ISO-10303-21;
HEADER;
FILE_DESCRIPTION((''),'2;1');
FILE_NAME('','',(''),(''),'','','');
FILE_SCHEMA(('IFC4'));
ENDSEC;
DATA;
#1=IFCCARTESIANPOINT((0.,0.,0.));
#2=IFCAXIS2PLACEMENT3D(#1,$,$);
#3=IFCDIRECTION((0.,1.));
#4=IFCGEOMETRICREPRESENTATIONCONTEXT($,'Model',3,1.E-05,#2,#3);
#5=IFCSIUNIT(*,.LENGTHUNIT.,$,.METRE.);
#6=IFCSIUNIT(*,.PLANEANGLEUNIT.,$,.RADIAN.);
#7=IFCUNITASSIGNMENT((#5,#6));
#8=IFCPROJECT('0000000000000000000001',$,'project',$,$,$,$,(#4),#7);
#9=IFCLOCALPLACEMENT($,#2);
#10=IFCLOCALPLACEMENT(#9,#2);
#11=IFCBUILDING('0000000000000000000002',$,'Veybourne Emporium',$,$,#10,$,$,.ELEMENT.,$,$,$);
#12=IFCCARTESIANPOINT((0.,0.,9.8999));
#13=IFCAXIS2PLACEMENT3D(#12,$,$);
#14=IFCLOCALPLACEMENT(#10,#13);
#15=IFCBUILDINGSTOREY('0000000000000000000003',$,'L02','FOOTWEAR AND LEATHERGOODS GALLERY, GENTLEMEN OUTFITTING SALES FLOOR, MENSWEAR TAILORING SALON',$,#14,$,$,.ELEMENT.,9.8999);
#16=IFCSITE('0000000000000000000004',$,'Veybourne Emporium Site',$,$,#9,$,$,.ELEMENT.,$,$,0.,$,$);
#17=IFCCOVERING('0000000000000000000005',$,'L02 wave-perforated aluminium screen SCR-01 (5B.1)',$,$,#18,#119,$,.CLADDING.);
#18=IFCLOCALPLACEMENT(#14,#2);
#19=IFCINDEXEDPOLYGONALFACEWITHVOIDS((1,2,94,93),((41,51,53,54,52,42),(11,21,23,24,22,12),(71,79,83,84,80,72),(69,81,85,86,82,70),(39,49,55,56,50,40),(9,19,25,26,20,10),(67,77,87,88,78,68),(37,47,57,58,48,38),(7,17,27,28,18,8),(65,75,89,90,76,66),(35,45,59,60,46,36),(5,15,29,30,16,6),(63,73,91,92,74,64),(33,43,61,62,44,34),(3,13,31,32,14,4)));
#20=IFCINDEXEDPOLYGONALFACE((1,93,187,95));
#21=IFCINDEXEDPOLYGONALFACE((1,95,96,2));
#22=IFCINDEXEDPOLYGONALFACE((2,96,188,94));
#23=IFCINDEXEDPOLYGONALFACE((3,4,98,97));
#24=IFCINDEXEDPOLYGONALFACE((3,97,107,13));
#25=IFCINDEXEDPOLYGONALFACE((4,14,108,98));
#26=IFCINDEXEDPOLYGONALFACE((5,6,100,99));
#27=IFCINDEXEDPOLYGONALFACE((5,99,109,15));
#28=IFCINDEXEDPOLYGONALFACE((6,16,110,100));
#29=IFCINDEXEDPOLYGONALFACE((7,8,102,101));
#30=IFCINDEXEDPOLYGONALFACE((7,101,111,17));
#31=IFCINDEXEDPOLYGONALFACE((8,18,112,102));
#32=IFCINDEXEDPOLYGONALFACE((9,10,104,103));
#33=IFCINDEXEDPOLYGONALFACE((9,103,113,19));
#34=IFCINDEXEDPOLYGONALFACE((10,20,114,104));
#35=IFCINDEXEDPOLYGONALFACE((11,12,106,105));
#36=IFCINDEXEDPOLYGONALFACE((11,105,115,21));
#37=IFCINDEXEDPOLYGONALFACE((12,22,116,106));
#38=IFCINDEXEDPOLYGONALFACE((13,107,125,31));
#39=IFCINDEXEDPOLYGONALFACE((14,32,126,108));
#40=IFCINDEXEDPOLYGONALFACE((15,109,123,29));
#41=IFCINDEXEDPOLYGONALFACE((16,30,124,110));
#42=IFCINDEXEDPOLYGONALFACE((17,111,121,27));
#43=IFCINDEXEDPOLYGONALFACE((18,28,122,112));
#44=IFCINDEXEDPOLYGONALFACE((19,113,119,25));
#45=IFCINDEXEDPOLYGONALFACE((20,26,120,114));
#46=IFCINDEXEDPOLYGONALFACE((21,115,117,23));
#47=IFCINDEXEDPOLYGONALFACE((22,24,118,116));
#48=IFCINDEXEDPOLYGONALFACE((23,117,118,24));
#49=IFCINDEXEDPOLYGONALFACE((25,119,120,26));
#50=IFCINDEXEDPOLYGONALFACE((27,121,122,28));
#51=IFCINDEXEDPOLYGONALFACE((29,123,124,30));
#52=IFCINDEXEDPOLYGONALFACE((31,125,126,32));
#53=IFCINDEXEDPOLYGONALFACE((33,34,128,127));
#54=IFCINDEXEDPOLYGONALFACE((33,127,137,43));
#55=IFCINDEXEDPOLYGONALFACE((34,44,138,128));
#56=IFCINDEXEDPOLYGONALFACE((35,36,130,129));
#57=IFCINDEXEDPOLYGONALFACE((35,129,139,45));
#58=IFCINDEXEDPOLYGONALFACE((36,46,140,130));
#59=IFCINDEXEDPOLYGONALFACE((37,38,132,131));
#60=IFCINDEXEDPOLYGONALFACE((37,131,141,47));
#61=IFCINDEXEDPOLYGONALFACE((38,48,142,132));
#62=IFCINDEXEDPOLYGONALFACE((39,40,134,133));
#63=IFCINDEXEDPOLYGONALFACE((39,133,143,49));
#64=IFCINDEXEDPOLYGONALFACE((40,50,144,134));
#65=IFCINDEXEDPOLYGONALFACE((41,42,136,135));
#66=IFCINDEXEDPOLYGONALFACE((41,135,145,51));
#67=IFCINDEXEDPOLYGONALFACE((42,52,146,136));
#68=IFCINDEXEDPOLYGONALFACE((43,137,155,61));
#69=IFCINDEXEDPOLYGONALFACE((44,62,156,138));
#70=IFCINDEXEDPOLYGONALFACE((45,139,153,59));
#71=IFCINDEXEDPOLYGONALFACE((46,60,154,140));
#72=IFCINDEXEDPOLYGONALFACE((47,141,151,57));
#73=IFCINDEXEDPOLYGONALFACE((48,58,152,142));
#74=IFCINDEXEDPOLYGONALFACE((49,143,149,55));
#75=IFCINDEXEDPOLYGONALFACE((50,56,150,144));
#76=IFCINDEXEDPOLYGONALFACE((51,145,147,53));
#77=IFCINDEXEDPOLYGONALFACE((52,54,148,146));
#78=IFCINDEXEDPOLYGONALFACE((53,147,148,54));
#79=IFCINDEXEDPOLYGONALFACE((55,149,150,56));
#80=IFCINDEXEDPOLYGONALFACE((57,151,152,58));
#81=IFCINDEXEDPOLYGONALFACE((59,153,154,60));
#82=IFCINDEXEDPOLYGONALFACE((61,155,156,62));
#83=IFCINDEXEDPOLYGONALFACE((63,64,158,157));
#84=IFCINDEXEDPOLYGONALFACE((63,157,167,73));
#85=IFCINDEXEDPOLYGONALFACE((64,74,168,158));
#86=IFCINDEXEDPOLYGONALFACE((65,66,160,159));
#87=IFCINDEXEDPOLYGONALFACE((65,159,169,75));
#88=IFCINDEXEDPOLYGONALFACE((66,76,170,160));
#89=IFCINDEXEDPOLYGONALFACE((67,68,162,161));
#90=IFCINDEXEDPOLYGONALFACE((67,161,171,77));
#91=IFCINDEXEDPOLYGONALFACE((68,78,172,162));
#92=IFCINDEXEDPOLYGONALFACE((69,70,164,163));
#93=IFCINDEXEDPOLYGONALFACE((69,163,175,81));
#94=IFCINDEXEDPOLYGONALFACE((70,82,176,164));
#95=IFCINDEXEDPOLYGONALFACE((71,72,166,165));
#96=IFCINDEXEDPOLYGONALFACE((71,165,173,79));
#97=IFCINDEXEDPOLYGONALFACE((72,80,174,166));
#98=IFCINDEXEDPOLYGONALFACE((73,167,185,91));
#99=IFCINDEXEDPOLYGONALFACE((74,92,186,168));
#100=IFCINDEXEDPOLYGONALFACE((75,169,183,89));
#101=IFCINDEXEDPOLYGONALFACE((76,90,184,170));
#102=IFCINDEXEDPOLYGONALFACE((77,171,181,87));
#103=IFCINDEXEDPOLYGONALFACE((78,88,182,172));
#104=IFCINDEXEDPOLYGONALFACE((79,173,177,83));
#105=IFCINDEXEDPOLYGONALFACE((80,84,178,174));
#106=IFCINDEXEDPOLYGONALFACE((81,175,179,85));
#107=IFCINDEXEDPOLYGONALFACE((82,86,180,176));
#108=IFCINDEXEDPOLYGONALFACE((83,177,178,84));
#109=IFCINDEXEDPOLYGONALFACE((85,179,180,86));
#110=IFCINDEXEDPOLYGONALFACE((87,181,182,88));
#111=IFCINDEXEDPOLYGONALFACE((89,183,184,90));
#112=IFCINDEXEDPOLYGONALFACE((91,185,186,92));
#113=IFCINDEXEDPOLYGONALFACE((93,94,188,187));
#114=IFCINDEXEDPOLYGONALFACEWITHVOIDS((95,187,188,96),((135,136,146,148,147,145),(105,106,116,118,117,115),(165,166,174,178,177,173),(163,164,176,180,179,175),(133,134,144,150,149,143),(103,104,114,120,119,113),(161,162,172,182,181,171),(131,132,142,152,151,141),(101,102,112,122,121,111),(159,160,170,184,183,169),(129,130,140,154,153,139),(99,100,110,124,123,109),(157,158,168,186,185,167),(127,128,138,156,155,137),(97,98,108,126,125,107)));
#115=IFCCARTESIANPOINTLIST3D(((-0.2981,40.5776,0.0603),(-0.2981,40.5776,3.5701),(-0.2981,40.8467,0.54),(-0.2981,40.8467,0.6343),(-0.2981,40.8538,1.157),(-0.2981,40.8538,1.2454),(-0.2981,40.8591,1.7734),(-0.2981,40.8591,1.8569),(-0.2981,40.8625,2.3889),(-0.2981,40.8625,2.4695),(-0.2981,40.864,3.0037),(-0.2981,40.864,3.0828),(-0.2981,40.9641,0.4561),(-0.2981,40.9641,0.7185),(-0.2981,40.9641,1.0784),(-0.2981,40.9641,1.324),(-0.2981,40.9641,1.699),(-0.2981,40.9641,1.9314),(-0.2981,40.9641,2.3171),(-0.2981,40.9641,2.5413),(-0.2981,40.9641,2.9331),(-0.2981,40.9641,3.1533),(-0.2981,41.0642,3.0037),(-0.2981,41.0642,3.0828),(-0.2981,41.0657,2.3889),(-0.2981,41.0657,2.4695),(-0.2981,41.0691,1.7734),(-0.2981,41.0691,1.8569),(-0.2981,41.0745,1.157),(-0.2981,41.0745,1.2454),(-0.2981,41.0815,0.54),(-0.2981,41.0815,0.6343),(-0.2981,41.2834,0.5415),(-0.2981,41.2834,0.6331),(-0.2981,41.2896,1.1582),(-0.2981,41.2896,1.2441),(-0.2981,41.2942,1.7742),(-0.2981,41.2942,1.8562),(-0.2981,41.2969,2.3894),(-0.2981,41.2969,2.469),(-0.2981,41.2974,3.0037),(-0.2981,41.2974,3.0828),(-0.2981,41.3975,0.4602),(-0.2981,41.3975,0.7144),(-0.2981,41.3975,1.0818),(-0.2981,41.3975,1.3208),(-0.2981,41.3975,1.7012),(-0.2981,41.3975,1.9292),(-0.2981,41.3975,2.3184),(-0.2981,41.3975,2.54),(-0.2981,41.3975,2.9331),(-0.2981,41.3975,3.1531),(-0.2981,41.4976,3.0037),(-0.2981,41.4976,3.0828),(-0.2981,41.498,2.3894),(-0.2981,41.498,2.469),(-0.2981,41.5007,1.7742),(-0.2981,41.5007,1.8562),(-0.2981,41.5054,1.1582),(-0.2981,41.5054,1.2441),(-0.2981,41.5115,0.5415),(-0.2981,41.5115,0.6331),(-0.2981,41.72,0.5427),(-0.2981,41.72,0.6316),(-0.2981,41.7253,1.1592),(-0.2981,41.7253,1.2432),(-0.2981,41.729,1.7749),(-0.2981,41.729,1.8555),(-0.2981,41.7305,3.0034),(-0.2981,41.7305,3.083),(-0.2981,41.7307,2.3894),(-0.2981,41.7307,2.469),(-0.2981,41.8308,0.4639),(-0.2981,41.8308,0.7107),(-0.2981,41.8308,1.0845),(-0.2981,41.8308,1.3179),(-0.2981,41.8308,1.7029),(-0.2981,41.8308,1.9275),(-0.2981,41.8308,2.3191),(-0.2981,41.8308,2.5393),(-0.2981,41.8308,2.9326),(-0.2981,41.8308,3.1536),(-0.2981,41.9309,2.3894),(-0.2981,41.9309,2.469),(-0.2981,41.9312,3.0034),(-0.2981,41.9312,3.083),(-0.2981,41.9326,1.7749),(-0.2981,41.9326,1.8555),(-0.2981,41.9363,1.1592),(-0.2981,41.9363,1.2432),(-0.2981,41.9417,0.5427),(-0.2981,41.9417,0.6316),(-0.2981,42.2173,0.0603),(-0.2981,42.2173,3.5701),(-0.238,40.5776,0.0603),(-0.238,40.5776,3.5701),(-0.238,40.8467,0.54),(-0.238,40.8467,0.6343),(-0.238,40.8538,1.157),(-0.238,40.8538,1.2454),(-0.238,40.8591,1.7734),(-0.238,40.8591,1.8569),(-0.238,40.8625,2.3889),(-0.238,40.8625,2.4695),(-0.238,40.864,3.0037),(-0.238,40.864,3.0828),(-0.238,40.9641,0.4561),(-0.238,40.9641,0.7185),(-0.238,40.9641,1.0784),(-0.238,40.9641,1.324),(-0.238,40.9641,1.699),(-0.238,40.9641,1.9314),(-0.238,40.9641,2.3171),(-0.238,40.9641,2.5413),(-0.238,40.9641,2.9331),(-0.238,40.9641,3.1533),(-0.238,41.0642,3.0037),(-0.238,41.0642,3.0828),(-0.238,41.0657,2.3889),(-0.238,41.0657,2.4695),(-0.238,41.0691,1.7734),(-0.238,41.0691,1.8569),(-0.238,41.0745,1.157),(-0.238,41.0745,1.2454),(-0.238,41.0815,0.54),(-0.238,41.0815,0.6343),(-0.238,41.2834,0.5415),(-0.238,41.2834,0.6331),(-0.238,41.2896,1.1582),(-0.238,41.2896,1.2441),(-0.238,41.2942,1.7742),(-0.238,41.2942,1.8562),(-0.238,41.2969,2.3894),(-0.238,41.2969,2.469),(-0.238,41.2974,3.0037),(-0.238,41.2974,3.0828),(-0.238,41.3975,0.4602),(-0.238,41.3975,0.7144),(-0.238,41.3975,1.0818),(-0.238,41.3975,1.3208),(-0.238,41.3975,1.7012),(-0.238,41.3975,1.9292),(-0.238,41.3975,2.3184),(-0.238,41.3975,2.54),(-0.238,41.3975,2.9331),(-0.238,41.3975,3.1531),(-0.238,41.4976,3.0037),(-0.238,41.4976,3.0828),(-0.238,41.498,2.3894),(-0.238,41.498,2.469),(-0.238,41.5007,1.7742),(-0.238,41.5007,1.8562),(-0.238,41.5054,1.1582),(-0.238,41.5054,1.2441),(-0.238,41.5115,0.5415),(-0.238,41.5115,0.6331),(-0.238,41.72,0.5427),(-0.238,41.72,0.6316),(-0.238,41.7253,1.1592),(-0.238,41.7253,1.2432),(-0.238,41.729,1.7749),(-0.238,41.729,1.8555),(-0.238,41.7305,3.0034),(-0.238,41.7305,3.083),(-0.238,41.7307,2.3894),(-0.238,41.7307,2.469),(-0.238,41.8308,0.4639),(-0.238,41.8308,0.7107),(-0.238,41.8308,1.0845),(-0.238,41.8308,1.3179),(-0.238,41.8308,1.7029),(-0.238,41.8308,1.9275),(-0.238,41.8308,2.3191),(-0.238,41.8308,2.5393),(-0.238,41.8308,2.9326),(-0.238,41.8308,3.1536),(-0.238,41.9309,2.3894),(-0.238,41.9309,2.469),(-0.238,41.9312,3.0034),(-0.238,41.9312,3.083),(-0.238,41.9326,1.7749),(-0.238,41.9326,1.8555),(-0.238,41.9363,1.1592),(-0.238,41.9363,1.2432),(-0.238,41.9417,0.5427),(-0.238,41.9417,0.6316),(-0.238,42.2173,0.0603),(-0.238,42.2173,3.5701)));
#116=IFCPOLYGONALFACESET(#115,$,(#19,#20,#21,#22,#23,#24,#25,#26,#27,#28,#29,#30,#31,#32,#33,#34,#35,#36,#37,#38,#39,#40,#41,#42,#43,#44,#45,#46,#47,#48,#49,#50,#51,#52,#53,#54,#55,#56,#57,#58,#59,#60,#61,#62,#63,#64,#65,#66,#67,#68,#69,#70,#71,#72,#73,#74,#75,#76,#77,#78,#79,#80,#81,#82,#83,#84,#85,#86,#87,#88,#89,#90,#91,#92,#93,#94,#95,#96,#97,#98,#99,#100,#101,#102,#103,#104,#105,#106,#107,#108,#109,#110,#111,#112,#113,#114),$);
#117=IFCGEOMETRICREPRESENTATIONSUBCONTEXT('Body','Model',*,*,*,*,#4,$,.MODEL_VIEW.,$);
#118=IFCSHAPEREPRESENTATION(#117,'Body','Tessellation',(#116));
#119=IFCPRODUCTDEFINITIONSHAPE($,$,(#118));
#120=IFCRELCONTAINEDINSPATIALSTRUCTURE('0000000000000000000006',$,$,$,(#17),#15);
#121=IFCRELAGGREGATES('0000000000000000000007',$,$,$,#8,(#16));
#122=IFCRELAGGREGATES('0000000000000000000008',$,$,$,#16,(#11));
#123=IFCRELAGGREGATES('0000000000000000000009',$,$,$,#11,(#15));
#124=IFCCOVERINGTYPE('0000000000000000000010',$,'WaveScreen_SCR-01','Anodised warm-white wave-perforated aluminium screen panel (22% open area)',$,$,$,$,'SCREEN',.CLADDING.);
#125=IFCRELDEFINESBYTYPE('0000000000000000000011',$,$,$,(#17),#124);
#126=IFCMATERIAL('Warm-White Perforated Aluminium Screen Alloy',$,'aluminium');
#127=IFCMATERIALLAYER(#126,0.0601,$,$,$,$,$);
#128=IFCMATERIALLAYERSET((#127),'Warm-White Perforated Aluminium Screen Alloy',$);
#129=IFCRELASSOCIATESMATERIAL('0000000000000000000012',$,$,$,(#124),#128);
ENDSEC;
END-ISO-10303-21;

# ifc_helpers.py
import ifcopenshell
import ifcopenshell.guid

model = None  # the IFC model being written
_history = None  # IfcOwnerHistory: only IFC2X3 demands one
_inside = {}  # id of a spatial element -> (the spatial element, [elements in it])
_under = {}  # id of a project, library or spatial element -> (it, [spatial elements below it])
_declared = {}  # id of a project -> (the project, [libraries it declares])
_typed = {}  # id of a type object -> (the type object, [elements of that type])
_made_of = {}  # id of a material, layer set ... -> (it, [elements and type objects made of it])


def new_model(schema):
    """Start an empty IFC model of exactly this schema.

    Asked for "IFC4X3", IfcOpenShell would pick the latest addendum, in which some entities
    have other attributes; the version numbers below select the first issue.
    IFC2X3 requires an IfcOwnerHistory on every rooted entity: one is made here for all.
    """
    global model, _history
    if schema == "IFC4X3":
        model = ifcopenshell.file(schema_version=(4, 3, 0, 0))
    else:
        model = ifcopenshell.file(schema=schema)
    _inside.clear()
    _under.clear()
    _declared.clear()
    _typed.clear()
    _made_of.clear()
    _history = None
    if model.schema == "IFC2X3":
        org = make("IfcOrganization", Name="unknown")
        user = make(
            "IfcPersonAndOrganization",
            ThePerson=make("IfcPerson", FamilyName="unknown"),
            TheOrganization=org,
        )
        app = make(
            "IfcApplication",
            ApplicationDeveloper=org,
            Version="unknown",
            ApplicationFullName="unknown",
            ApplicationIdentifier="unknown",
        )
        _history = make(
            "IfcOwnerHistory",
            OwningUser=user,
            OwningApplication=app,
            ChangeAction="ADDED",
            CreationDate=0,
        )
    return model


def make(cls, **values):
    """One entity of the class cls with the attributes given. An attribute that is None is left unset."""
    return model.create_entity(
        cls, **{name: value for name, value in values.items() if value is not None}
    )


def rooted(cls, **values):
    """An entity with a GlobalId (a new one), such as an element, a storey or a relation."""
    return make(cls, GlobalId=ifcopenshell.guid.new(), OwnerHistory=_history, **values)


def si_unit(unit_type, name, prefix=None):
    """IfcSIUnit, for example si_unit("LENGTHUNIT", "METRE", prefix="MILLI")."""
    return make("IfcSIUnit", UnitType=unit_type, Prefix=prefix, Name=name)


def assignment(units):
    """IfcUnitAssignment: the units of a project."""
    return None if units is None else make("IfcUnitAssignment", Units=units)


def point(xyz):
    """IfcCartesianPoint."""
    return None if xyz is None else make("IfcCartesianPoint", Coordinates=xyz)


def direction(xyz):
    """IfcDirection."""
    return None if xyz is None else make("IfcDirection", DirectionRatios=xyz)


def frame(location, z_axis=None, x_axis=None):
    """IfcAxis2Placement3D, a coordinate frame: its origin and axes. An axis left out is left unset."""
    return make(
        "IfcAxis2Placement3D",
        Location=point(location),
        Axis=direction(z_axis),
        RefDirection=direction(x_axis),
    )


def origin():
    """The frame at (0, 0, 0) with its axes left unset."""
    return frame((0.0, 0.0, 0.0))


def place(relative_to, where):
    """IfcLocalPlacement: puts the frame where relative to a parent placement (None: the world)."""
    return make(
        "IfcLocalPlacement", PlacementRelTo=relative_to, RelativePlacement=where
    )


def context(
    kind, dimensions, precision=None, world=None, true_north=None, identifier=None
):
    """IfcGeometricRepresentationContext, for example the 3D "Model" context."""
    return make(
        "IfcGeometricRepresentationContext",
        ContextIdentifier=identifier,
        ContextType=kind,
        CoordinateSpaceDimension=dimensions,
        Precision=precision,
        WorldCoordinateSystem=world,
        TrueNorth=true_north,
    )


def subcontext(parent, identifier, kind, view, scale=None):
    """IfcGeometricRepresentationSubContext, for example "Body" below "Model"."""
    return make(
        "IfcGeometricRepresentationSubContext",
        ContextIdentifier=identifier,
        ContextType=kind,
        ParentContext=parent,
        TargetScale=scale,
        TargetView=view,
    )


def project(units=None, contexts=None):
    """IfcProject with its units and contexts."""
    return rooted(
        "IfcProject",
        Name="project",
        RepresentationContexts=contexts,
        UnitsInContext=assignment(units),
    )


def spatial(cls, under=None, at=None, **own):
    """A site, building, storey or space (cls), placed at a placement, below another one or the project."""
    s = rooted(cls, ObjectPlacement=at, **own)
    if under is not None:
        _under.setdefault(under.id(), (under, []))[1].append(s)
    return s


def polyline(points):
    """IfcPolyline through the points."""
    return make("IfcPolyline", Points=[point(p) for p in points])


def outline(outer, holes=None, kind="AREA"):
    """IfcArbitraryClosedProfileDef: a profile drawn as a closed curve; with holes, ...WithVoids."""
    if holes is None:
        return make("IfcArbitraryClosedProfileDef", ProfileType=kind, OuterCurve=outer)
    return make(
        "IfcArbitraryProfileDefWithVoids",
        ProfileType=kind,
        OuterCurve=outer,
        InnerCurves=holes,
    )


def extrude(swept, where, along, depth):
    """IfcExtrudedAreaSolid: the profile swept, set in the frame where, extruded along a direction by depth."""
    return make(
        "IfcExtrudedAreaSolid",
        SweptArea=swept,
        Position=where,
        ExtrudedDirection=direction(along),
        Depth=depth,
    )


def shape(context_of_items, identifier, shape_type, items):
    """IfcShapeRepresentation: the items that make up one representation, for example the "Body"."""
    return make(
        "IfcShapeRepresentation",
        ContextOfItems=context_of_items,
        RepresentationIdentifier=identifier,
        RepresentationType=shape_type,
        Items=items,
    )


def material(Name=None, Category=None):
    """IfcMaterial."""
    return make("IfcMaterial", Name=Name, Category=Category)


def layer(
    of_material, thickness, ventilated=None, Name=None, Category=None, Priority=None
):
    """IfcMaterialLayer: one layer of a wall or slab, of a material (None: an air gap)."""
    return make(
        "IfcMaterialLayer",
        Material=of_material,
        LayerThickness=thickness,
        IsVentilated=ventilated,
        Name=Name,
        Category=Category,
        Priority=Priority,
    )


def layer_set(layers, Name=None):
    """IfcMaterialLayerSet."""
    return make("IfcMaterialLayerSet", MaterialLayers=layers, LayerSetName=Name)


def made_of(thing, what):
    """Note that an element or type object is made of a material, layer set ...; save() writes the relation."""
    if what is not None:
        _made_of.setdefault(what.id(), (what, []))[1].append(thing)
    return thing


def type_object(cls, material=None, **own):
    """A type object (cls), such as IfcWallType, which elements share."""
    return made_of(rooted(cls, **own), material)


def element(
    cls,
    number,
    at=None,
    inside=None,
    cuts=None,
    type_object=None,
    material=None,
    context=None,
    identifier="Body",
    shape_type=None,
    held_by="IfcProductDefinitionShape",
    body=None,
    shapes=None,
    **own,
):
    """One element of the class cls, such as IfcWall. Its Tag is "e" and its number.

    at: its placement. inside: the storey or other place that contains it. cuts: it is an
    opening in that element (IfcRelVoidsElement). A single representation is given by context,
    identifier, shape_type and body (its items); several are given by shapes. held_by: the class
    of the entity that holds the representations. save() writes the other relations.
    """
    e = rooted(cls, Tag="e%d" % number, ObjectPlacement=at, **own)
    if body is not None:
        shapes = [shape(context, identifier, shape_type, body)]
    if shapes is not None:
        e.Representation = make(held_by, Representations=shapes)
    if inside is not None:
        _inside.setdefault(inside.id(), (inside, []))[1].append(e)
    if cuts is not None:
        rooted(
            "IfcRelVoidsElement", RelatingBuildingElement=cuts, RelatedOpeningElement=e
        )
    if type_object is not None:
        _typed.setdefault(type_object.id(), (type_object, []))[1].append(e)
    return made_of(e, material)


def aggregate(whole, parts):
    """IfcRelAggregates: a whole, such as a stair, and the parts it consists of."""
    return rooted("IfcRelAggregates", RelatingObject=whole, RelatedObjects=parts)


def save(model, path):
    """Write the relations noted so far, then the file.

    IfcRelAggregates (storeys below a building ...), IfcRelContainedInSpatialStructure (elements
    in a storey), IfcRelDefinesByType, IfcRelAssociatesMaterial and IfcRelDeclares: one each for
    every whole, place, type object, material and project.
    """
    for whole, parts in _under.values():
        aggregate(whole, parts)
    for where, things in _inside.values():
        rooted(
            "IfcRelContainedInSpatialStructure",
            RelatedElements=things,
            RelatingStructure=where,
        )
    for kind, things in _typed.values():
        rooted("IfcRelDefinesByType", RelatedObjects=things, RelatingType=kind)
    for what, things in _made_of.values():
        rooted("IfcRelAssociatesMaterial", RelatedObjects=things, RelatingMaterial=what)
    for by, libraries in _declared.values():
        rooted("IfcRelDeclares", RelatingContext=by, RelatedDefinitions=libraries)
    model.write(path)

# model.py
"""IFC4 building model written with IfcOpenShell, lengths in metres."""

from ifc_helpers import new_model, si_unit, direction, frame, origin, place, context, subcontext, project, spatial, polyline, outline, extrude, material, layer, layer_set, type_object, element, save


model = new_model("IFC4")

# Units and contexts
model_context = context("Model", 3, precision=1e-05, world=origin(), true_north=direction((0.0, 1.0)))
body_context = subcontext(model_context, "Body", "Model", "MODEL_VIEW")
ifc_project = project(units=[si_unit("LENGTHUNIT", "METRE"), si_unit("PLANEANGLEUNIT", "RADIAN")], contexts=[model_context])

# Site, building, storey
site_placement = place(None, origin())
site = spatial("IfcSite", under=ifc_project, at=site_placement, Name="Veybourne Emporium Site", CompositionType="ELEMENT", RefElevation=0.0)
building_placement = place(site_placement, origin())
building = spatial("IfcBuilding", under=site, at=building_placement, Name="Veybourne Emporium", CompositionType="ELEMENT")
storey_placement = place(building_placement, frame((0.0, 0.0, 9.8999)))
storey = spatial("IfcBuildingStorey", under=building, at=storey_placement, Name="L02", Description="FOOTWEAR AND LEATHERGOODS GALLERY, GENTLEMEN OUTFITTING SALES FLOOR, MENSWEAR TAILORING SALON", CompositionType="ELEMENT", Elevation=9.8999)

# Covering
ifc_material_1 = material(Name="Warm-White Perforated Aluminium Screen Alloy", Category="aluminium")
ifc_layer_1 = layer(ifc_material_1, 0.0601)
ifc_layer_set_1 = layer_set([ifc_layer_1], Name="Warm-White Perforated Aluminium Screen Alloy")
covering_type = type_object("IfcCoveringType", Name="WaveScreen_SCR-01", Description="Anodised warm-white wave-perforated aluminium screen panel (22% open area)", ElementType="SCREEN", PredefinedType="CLADDING", material=ifc_layer_set_1)
covering_1_placement = place(storey_placement, frame((-0.2981, 41.3975, 1.8152), z_axis=(1.0, 0.0, 0.0), x_axis=(0.0, 1.0, 0.0)))
element("IfcCovering", 1, at=covering_1_placement, inside=storey, type_object=covering_type, Name="L02 wave-perforated aluminium screen SCR-01 (5B.1)", PredefinedType="CLADDING", context=body_context, shape_type="SweptSolid", body=[
    extrude(outline(polyline([(-0.8198, -1.7549), (0.8198, -1.7549), (0.8198, 1.7549), (-0.8198, 1.7549), (-0.8198, -1.7549)]), holes=[polyline([(-0.4333, -1.0967), (-0.3159, -1.1809), (-0.3159, -1.2751), (-0.4333, -1.3591), (-0.5508, -1.2751), (-0.5508, -1.1809), (-0.4333, -1.0967)]), polyline([(-0.4333, -0.4912), (-0.323, -0.5698), (-0.323, -0.6582), (-0.4333, -0.7368), (-0.5437, -0.6582), (-0.5437, -0.5698), (-0.4333, -0.4912)]), polyline([(-0.4333, 0.1162), (-0.3284, 0.0417), (-0.3284, -0.0417), (-0.4333, -0.1162), (-0.5383, -0.0417), (-0.5383, 0.0417), (-0.4333, 0.1162)]), polyline([(-0.4333, 0.7261), (-0.3318, 0.6543), (-0.3318, 0.5737), (-0.4333, 0.502), (-0.5349, 0.5737), (-0.5349, 0.6543), (-0.4333, 0.7261)]), polyline([(-0.4333, 1.3381), (-0.3333, 1.2676), (-0.3333, 1.1885), (-0.4333, 1.1179), (-0.5334, 1.1885), (-0.5334, 1.2676), (-0.4333, 1.3381)]), polyline([(0.0, -1.1008), (0.114, -1.1821), (0.114, -1.2737), (0.0, -1.355), (-0.114, -1.2737), (-0.114, -1.1821), (0.0, -1.1008)]), polyline([(0.0, -0.4944), (0.1079, -0.571), (0.1079, -0.657), (0.0, -0.7334), (-0.1079, -0.657), (-0.1079, -0.571), (0.0, -0.4944)]), polyline([(0.0, 0.114), (0.1033, 0.041), (0.1033, -0.041), (0.0, -0.114), (-0.1033, -0.041), (-0.1033, 0.041), (0.0, 0.114)]), polyline([(0.0, 0.7249), (0.1006, 0.6538), (0.1006, 0.5742), (0.0, 0.5032), (-0.1006, 0.5742), (-0.1006, 0.6538), (0.0, 0.7249)]), polyline([(0.0, 1.3379), (0.1001, 1.2676), (0.1001, 1.1885), (0.0, 1.1179), (-0.1001, 1.1885), (-0.1001, 1.2676), (0.0, 1.3379)]), polyline([(0.4333, -1.1045), (0.5442, -1.1836), (0.5442, -1.2725), (0.4333, -1.3513), (0.3225, -1.2725), (0.3225, -1.1836), (0.4333, -1.1045)]), polyline([(0.4333, -0.4973), (0.5388, -0.572), (0.5388, -0.656), (0.4333, -0.7307), (0.3279, -0.656), (0.3279, -0.572), (0.4333, -0.4973)]), polyline([(0.4333, 0.1123), (0.5352, 0.0403), (0.5352, -0.0403), (0.4333, -0.1123), (0.3315, -0.0403), (0.3315, 0.0403), (0.4333, 0.1123)]), polyline([(0.4333, 0.7241), (0.5334, 0.6538), (0.5334, 0.5742), (0.4333, 0.5039), (0.3333, 0.5742), (0.3333, 0.6538), (0.4333, 0.7241)]), polyline([(0.4333, 1.3384), (0.5337, 1.2678), (0.5337, 1.1882), (0.4333, 1.1174), (0.333, 1.1882), (0.333, 1.2678), (0.4333, 1.3384)])]), origin(), (0.0, 0.0, 1.0), 0.0601),
])

save(model, "model.ifc")
